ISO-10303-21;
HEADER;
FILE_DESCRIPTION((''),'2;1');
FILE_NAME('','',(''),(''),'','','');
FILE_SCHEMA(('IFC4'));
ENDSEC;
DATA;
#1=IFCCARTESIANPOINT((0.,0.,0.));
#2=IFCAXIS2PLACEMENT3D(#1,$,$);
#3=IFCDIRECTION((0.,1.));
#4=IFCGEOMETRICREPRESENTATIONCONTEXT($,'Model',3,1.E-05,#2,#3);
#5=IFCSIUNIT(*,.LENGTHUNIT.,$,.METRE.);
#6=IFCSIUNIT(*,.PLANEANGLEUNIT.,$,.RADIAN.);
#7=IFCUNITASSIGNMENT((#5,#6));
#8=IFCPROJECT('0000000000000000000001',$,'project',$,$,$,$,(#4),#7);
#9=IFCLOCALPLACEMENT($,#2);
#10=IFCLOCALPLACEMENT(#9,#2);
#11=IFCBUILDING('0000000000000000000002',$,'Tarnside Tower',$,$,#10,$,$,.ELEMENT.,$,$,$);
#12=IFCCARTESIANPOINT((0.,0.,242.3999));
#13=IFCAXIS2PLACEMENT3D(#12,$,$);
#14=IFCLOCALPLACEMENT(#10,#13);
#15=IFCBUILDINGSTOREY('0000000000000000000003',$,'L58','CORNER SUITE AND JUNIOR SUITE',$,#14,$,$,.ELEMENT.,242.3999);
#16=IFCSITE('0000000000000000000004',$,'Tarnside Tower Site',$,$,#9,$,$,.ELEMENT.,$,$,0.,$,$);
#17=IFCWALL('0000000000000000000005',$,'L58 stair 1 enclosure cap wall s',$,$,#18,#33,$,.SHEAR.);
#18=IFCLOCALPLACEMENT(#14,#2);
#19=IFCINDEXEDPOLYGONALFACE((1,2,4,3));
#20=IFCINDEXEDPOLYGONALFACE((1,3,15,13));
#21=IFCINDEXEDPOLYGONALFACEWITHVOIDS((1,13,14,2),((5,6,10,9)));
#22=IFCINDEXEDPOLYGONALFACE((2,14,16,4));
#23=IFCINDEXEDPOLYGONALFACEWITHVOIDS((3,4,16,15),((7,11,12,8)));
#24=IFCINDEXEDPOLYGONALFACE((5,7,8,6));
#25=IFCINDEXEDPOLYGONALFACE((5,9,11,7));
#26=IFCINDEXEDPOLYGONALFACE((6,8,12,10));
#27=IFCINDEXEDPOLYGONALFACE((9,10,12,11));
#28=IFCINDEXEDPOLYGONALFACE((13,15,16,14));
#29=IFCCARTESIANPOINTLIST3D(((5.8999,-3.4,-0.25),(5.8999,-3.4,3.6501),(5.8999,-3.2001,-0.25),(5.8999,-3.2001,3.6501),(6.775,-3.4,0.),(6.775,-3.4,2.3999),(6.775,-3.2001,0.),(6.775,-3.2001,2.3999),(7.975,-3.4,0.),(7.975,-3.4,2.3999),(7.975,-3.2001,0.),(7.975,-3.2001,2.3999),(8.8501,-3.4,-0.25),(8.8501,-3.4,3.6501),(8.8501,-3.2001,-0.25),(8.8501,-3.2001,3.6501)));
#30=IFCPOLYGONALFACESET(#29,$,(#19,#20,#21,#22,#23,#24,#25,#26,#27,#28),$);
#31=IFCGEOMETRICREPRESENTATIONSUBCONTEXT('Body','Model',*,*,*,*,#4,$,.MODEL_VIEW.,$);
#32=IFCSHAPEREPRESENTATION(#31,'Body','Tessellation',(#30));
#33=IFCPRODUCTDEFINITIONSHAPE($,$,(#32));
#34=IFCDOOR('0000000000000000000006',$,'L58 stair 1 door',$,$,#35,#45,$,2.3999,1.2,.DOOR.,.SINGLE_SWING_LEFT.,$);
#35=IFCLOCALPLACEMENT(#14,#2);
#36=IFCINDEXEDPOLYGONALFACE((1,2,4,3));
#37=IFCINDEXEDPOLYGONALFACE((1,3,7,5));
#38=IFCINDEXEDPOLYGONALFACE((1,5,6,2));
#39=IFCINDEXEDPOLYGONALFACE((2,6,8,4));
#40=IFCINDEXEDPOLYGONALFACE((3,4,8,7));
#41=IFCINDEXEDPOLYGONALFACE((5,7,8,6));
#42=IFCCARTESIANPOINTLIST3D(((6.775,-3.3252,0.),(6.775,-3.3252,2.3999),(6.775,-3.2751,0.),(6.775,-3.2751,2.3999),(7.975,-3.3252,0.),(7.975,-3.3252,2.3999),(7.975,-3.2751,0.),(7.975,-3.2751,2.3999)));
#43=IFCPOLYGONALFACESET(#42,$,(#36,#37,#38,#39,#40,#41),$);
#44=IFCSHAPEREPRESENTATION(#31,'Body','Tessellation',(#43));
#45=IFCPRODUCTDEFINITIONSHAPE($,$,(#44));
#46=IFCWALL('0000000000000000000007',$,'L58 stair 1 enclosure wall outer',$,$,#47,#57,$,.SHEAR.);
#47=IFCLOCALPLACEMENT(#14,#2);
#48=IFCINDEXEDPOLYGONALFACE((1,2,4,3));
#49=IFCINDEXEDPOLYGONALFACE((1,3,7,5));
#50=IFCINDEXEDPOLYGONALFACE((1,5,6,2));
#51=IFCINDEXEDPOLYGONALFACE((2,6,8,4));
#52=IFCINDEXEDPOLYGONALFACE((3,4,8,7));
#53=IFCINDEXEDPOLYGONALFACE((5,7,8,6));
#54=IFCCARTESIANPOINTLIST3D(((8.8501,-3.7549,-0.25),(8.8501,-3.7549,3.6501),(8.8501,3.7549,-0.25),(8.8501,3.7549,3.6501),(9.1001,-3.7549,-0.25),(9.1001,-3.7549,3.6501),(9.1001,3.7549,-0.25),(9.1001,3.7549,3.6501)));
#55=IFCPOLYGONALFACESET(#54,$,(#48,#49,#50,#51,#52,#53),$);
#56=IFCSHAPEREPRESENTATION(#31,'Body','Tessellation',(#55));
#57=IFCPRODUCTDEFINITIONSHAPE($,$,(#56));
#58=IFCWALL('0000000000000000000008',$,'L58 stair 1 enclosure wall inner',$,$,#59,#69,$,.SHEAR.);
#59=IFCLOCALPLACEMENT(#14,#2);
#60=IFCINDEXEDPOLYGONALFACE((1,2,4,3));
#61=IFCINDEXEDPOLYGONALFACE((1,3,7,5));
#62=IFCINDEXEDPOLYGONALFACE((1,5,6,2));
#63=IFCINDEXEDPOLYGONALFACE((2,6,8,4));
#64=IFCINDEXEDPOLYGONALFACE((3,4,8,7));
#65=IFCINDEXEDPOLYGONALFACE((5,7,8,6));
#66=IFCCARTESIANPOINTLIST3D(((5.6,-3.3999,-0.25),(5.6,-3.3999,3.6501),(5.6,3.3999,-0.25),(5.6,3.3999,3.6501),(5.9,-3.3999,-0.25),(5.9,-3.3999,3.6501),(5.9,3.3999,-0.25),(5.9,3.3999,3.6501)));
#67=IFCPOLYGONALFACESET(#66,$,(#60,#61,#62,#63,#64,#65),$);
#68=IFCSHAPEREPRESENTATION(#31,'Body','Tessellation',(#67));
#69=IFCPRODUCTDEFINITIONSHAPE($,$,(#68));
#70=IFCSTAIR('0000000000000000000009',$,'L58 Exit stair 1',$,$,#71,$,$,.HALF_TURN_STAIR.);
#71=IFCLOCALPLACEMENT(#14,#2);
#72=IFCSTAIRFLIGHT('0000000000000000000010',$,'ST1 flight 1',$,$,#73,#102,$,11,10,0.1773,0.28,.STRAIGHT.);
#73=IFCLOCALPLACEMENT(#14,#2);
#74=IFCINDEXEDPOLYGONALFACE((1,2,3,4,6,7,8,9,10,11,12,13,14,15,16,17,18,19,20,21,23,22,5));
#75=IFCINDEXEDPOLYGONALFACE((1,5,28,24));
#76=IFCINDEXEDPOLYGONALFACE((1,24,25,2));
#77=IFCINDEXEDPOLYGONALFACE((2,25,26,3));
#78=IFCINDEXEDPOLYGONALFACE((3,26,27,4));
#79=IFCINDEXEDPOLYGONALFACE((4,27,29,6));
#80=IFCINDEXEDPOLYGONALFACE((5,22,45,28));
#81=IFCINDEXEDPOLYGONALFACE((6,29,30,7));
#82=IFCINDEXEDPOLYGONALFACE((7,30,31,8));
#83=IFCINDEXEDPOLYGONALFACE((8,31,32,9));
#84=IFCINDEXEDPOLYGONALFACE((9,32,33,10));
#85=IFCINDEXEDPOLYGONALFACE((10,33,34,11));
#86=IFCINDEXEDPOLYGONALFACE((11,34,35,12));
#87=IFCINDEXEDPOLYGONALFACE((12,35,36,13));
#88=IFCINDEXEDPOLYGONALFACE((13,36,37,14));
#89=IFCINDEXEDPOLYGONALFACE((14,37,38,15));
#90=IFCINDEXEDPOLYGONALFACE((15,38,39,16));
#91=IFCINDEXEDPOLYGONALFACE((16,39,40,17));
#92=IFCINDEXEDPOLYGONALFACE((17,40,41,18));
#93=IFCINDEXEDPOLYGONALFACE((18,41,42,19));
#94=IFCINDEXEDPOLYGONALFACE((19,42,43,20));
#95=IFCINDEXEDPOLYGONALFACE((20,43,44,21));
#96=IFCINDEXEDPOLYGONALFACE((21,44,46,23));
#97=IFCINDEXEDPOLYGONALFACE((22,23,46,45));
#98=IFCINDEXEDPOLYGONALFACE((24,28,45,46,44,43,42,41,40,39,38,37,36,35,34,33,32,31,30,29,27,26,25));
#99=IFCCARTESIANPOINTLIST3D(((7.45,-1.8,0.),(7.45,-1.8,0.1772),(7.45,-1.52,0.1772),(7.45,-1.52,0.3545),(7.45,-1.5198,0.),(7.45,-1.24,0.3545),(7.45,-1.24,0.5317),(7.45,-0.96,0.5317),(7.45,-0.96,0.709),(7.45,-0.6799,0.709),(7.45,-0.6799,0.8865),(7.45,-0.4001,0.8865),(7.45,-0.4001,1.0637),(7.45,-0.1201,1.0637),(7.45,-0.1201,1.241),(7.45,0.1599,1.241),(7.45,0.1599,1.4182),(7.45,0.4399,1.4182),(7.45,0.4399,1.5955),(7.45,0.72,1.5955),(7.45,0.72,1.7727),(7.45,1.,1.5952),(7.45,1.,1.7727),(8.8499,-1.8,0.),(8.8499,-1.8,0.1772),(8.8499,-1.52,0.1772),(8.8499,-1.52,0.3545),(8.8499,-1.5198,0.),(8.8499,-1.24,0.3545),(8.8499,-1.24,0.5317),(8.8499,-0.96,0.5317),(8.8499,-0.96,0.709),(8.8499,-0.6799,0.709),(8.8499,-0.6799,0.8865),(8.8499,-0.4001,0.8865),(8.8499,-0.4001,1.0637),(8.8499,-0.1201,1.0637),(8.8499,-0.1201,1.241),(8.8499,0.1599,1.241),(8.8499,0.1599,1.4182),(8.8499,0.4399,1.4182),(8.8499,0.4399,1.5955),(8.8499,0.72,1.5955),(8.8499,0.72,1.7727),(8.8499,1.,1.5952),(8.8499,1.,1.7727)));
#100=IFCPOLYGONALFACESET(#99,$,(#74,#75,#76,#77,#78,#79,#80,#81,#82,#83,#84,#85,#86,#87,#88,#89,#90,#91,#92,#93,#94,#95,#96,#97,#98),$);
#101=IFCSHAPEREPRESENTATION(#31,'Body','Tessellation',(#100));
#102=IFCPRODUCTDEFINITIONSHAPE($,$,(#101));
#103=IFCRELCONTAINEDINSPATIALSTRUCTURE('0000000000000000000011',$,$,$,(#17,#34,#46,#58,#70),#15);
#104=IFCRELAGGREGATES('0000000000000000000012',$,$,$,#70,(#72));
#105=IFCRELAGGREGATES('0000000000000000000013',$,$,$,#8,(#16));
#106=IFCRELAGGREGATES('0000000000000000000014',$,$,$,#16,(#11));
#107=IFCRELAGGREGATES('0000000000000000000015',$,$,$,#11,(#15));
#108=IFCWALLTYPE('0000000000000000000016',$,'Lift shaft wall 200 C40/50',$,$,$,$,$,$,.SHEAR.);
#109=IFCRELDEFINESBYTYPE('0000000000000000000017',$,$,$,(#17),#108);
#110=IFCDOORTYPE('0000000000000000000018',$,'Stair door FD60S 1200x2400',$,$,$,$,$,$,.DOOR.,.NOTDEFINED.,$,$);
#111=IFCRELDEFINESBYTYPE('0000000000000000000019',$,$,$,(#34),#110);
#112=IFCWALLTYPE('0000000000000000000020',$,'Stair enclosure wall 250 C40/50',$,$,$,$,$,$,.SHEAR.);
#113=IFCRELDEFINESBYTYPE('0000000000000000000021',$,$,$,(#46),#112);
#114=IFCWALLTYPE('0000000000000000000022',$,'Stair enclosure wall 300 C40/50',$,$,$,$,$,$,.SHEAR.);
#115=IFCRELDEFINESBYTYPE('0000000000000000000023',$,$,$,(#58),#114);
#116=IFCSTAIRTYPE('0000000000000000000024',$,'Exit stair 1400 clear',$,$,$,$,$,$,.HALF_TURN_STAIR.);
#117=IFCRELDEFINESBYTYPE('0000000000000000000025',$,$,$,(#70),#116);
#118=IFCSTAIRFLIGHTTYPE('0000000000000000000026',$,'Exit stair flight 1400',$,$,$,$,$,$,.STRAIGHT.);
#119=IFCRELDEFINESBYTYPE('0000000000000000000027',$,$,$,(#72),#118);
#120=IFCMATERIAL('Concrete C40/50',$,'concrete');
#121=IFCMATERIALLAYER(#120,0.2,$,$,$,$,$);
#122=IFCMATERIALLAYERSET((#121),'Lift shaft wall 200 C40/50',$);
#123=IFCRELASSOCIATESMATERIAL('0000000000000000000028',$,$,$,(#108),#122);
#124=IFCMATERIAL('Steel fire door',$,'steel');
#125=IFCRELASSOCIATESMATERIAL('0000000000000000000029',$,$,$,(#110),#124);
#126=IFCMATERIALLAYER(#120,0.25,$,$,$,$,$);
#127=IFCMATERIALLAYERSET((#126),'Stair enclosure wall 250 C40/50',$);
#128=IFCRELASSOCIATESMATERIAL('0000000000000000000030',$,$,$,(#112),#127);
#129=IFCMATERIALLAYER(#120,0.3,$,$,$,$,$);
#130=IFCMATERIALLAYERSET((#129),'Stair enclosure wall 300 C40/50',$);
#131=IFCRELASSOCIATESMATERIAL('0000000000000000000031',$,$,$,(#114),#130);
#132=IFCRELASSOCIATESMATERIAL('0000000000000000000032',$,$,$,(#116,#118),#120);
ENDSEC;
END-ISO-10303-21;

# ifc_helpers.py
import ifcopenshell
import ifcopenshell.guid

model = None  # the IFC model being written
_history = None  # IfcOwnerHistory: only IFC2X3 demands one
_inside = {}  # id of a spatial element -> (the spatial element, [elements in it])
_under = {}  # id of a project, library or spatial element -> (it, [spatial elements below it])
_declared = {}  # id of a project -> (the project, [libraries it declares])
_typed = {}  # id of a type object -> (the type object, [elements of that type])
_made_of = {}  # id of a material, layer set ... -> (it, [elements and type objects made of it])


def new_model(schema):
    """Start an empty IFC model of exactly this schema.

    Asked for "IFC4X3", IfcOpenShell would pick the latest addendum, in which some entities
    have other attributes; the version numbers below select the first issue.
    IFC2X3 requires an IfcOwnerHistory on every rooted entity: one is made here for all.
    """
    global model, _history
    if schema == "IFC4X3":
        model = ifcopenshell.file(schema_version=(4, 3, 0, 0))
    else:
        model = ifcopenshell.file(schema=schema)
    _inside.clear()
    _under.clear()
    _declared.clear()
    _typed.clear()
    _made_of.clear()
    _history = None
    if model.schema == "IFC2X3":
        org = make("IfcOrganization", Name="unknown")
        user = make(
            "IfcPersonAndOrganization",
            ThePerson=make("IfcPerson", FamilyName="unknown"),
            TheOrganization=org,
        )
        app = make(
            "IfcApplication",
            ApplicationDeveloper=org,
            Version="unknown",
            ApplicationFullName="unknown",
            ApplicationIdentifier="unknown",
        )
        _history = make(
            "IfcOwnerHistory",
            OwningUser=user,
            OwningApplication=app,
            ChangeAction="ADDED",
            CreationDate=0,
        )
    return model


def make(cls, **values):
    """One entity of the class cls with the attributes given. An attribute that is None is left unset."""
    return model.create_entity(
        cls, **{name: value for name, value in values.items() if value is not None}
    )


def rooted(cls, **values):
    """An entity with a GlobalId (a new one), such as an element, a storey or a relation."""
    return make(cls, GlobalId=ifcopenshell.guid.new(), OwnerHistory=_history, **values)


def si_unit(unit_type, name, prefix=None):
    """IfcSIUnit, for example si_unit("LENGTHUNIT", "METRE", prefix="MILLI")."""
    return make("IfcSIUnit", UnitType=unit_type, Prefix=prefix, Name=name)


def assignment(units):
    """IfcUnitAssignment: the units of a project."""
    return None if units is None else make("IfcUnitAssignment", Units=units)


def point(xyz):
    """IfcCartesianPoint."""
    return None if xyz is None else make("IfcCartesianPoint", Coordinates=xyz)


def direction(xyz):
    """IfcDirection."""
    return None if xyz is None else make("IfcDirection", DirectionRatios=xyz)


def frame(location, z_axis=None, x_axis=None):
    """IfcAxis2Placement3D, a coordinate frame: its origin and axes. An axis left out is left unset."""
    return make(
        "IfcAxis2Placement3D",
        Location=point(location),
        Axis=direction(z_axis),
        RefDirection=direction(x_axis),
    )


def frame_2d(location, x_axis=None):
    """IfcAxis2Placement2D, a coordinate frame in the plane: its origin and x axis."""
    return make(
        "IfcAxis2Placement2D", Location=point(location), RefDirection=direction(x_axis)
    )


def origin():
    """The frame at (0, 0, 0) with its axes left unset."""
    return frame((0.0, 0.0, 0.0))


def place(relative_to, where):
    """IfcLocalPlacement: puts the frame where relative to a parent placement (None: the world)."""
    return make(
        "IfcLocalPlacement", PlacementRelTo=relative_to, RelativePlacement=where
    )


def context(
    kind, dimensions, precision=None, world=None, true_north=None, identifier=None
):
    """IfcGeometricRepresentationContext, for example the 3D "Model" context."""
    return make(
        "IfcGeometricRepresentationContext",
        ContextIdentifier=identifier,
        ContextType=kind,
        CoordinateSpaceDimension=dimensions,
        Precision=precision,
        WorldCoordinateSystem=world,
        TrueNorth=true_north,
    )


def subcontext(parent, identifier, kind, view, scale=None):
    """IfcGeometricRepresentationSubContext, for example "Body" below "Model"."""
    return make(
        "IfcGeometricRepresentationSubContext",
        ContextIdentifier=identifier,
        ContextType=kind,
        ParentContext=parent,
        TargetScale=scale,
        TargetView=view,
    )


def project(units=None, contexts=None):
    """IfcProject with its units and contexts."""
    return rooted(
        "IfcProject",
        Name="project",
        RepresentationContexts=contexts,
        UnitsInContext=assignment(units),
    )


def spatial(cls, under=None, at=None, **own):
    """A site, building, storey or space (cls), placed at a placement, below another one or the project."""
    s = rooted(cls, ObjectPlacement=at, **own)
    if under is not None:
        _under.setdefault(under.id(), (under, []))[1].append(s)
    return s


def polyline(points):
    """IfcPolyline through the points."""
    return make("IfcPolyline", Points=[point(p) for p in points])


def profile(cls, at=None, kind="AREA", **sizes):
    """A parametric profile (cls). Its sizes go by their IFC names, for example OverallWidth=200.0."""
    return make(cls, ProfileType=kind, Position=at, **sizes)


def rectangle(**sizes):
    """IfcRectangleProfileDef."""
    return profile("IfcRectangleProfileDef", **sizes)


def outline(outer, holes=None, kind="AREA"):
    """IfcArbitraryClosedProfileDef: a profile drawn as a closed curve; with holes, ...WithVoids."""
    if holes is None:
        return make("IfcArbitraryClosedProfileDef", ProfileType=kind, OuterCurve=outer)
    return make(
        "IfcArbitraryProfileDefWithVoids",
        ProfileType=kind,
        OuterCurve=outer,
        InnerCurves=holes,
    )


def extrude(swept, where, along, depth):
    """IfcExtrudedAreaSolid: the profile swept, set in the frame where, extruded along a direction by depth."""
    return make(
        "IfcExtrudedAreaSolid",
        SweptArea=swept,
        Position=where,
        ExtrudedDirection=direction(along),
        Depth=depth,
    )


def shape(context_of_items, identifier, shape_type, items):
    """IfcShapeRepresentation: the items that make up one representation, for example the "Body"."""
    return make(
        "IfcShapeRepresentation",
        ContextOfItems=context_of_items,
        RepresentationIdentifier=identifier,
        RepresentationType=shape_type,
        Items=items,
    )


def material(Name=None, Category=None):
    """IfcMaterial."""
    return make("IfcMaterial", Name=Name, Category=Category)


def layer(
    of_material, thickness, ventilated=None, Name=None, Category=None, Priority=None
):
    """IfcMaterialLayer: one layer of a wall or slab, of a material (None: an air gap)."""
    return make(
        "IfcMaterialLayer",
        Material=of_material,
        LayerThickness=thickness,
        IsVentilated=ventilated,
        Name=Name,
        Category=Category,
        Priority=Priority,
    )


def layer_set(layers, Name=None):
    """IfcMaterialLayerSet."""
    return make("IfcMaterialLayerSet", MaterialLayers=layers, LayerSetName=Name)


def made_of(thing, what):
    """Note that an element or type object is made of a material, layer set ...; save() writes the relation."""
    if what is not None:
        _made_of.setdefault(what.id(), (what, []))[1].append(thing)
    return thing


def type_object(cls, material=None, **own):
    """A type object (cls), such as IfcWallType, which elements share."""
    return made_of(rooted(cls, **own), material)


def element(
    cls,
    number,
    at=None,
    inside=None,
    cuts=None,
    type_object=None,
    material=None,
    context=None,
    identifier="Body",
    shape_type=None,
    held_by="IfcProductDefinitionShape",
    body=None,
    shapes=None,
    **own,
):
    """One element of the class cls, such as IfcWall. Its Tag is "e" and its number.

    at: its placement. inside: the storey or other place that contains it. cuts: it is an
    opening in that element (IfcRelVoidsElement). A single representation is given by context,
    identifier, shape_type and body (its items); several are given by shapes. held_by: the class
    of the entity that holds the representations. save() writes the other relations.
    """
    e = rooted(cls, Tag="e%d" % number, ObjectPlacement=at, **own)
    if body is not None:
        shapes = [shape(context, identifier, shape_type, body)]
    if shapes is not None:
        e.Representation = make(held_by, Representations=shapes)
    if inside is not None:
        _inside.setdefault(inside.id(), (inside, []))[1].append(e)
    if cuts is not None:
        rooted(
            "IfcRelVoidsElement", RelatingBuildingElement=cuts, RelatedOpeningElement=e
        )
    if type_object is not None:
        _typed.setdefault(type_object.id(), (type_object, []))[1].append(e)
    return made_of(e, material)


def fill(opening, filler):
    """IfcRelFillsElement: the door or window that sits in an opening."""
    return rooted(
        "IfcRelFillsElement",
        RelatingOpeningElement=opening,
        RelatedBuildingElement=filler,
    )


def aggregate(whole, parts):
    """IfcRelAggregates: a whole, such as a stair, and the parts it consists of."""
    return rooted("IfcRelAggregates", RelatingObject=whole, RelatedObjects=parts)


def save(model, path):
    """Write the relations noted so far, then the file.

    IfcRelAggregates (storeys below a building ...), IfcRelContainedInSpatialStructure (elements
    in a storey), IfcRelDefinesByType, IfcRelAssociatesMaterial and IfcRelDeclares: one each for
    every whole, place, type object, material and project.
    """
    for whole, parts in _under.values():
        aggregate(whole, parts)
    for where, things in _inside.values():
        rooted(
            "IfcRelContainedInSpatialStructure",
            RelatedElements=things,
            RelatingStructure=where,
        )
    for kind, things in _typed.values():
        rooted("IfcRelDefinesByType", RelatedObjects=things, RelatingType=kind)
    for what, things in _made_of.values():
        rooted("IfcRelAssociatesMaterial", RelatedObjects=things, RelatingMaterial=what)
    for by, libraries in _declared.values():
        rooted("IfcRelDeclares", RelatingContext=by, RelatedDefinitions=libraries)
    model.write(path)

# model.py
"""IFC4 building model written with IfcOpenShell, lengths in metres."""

from ifc_helpers import new_model, si_unit, direction, frame, frame_2d, origin, place, context, subcontext, project, spatial, polyline, rectangle, outline, extrude, material, layer, layer_set, type_object, element, fill, aggregate, save


model = new_model("IFC4")

# Units and contexts
model_context = context("Model", 3, precision=1e-05, world=origin(), true_north=direction((0.0, 1.0)))
body_context = subcontext(model_context, "Body", "Model", "MODEL_VIEW")
ifc_project = project(units=[si_unit("LENGTHUNIT", "METRE"), si_unit("PLANEANGLEUNIT", "RADIAN")], contexts=[model_context])

# Site, building, storey
site_placement = place(None, origin())
site = spatial("IfcSite", under=ifc_project, at=site_placement, Name="Tarnside Tower Site", CompositionType="ELEMENT", RefElevation=0.0)
building_placement = place(site_placement, origin())
building = spatial("IfcBuilding", under=site, at=building_placement, Name="Tarnside Tower", CompositionType="ELEMENT")
storey_placement = place(building_placement, frame((0.0, 0.0, 242.3999)))
storey = spatial("IfcBuildingStorey", under=building, at=storey_placement, Name="L58", Description="CORNER SUITE AND JUNIOR SUITE", CompositionType="ELEMENT", Elevation=242.3999)

# Shared definitions
ifc_material_1 = material(Name="Concrete C40/50", Category="concrete")

# Shared definitions
ifc_material_2 = material(Name="Steel fire door", Category="steel")

# Shared definitions
ifc_layer_1 = layer(ifc_material_1, 0.2)
ifc_layer_set_1 = layer_set([ifc_layer_1], Name="Lift shaft wall 200 C40/50")
wall_type_1 = type_object("IfcWallType", Name="Lift shaft wall 200 C40/50", PredefinedType="SHEAR", material=ifc_layer_set_1)

# Wall, opening, door
wall_1_placement = place(storey_placement, frame((5.8999, -3.3, -0.25), z_axis=(0.0, 0.0, 1.0), x_axis=(1.0, 0.0, 0.0)))
wall_1 = element("IfcWall", 1, at=wall_1_placement, inside=storey, type_object=wall_type_1, Name="L58 stair 1 enclosure cap wall s", PredefinedType="SHEAR", context=body_context, shape_type="SweptSolid", body=[
    extrude(rectangle(XDim=2.9502, YDim=0.2, at=frame_2d((1.4751, 0.0))), origin(), (0.0, 0.0, 1.0), 3.9001),
])
opening_1_placement = place(wall_1_placement, frame((0.875, 0.0, 0.25)))
opening_1 = element("IfcOpeningElement", 2, at=opening_1_placement, cuts=wall_1, PredefinedType="OPENING", context=body_context, shape_type="SweptSolid", body=[
    extrude(rectangle(XDim=1.2, YDim=2.3999, at=frame_2d((0.6001, 1.2))), frame((0.0, 0.1099, 0.0), z_axis=(0.0, -1.0, 0.0), x_axis=(1.0, 0.0, 0.0)), (0.0, 0.0, 1.0), 0.22),
])
door_type_1 = type_object("IfcDoorType", Name="Stair door FD60S 1200x2400", OperationType="NOTDEFINED", PredefinedType="DOOR", material=ifc_material_2)
door_1_placement = place(opening_1_placement, origin())
door_1 = element("IfcDoor", 3, at=door_1_placement, inside=storey, type_object=door_type_1, Name="L58 stair 1 door", OperationType="SINGLE_SWING_LEFT", OverallHeight=2.3999, OverallWidth=1.2, PredefinedType="DOOR", context=body_context, shape_type="SweptSolid", body=[
    extrude(rectangle(XDim=1.2, YDim=2.3999, at=frame_2d((0.6001, 1.2))), frame((0.0, 0.0249, 0.0), z_axis=(0.0, -1.0, 0.0), x_axis=(1.0, 0.0, 0.0)), (0.0, 0.0, 1.0), 0.05),
])
fill(opening_1, door_1)

# Walls
ifc_layer_2 = layer(ifc_material_1, 0.25)
ifc_layer_set_2 = layer_set([ifc_layer_2], Name="Stair enclosure wall 250 C40/50")
wall_type_2 = type_object("IfcWallType", Name="Stair enclosure wall 250 C40/50", PredefinedType="SHEAR", material=ifc_layer_set_2)
wall_2_placement = place(storey_placement, frame((8.9751, -3.7549, -0.25), z_axis=(0.0, 0.0, 1.0), x_axis=(0.0, 1.0, 0.0)))
element("IfcWall", 4, at=wall_2_placement, inside=storey, type_object=wall_type_2, Name="L58 stair 1 enclosure wall outer", PredefinedType="SHEAR", context=body_context, shape_type="SweptSolid", body=[
    extrude(rectangle(XDim=7.5098, YDim=0.25, at=frame_2d((3.7549, 0.0))), origin(), (0.0, 0.0, 1.0), 3.9001),
])
ifc_layer_3 = layer(ifc_material_1, 0.3)
ifc_layer_set_3 = layer_set([ifc_layer_3], Name="Stair enclosure wall 300 C40/50")
wall_type_3 = type_object("IfcWallType", Name="Stair enclosure wall 300 C40/50", PredefinedType="SHEAR", material=ifc_layer_set_3)
wall_3_placement = place(storey_placement, frame((5.75, -3.3999, -0.25), z_axis=(0.0, 0.0, 1.0), x_axis=(0.0, 1.0, 0.0)))
element("IfcWall", 5, at=wall_3_placement, inside=storey, type_object=wall_type_3, Name="L58 stair 1 enclosure wall inner", PredefinedType="SHEAR", context=body_context, shape_type="SweptSolid", body=[
    extrude(rectangle(XDim=6.7998, YDim=0.3, at=frame_2d((3.3999, 0.0))), origin(), (0.0, 0.0, 1.0), 3.9001),
])

# Stair, stair flight
stair_type = type_object("IfcStairType", Name="Exit stair 1400 clear", PredefinedType="HALF_TURN_STAIR", material=ifc_material_1)
stair_placement = place(storey_placement, origin())
stair = element("IfcStair", 6, at=stair_placement, inside=storey, type_object=stair_type, Name="L58 Exit stair 1", PredefinedType="HALF_TURN_STAIR")
stair_flight_type = type_object("IfcStairFlightType", Name="Exit stair flight 1400", PredefinedType="STRAIGHT", material=ifc_material_1)
stair_flight_placement = place(storey_placement, frame((8.1499, -1.8, 0.0), z_axis=(0.0, 0.0, 1.0), x_axis=(0.0, 1.0, 0.0)))
stair_flight = element("IfcStairFlight", 7, at=stair_flight_placement, type_object=stair_flight_type, Name="ST1 flight 1", NumberOfRisers=11, NumberOfTreads=10, PredefinedType="STRAIGHT", RiserHeight=0.1773, TreadLength=0.28, context=body_context, shape_type="SweptSolid", body=[
    extrude(outline(polyline([(0.0, 0.0), (0.0, 0.1772), (0.28, 0.1772), (0.28, 0.3545), (0.5601, 0.3545), (0.5601, 0.5317), (0.8401, 0.5317), (0.8401, 0.709), (1.1201, 0.709), (1.1201, 0.8865), (1.3999, 0.8865), (1.3999, 1.0637), (1.6799, 1.0637), (1.6799, 1.241), (1.96, 1.241), (1.96, 1.4182), (2.24, 1.4182), (2.24, 1.5955), (2.52, 1.5955), (2.52, 1.7727), (2.8, 1.7727), (2.8, 1.95), (2.8, 1.5952), (0.2803, 0.0), (0.0, 0.0)])), frame((0.0, 0.7, 0.0), z_axis=(0.0, -1.0, 0.0), x_axis=(1.0, 0.0, 0.0)), (0.0, 0.0, 1.0), 1.3999),
])
aggregate(stair, [stair_flight])

save(model, "model.ifc")
